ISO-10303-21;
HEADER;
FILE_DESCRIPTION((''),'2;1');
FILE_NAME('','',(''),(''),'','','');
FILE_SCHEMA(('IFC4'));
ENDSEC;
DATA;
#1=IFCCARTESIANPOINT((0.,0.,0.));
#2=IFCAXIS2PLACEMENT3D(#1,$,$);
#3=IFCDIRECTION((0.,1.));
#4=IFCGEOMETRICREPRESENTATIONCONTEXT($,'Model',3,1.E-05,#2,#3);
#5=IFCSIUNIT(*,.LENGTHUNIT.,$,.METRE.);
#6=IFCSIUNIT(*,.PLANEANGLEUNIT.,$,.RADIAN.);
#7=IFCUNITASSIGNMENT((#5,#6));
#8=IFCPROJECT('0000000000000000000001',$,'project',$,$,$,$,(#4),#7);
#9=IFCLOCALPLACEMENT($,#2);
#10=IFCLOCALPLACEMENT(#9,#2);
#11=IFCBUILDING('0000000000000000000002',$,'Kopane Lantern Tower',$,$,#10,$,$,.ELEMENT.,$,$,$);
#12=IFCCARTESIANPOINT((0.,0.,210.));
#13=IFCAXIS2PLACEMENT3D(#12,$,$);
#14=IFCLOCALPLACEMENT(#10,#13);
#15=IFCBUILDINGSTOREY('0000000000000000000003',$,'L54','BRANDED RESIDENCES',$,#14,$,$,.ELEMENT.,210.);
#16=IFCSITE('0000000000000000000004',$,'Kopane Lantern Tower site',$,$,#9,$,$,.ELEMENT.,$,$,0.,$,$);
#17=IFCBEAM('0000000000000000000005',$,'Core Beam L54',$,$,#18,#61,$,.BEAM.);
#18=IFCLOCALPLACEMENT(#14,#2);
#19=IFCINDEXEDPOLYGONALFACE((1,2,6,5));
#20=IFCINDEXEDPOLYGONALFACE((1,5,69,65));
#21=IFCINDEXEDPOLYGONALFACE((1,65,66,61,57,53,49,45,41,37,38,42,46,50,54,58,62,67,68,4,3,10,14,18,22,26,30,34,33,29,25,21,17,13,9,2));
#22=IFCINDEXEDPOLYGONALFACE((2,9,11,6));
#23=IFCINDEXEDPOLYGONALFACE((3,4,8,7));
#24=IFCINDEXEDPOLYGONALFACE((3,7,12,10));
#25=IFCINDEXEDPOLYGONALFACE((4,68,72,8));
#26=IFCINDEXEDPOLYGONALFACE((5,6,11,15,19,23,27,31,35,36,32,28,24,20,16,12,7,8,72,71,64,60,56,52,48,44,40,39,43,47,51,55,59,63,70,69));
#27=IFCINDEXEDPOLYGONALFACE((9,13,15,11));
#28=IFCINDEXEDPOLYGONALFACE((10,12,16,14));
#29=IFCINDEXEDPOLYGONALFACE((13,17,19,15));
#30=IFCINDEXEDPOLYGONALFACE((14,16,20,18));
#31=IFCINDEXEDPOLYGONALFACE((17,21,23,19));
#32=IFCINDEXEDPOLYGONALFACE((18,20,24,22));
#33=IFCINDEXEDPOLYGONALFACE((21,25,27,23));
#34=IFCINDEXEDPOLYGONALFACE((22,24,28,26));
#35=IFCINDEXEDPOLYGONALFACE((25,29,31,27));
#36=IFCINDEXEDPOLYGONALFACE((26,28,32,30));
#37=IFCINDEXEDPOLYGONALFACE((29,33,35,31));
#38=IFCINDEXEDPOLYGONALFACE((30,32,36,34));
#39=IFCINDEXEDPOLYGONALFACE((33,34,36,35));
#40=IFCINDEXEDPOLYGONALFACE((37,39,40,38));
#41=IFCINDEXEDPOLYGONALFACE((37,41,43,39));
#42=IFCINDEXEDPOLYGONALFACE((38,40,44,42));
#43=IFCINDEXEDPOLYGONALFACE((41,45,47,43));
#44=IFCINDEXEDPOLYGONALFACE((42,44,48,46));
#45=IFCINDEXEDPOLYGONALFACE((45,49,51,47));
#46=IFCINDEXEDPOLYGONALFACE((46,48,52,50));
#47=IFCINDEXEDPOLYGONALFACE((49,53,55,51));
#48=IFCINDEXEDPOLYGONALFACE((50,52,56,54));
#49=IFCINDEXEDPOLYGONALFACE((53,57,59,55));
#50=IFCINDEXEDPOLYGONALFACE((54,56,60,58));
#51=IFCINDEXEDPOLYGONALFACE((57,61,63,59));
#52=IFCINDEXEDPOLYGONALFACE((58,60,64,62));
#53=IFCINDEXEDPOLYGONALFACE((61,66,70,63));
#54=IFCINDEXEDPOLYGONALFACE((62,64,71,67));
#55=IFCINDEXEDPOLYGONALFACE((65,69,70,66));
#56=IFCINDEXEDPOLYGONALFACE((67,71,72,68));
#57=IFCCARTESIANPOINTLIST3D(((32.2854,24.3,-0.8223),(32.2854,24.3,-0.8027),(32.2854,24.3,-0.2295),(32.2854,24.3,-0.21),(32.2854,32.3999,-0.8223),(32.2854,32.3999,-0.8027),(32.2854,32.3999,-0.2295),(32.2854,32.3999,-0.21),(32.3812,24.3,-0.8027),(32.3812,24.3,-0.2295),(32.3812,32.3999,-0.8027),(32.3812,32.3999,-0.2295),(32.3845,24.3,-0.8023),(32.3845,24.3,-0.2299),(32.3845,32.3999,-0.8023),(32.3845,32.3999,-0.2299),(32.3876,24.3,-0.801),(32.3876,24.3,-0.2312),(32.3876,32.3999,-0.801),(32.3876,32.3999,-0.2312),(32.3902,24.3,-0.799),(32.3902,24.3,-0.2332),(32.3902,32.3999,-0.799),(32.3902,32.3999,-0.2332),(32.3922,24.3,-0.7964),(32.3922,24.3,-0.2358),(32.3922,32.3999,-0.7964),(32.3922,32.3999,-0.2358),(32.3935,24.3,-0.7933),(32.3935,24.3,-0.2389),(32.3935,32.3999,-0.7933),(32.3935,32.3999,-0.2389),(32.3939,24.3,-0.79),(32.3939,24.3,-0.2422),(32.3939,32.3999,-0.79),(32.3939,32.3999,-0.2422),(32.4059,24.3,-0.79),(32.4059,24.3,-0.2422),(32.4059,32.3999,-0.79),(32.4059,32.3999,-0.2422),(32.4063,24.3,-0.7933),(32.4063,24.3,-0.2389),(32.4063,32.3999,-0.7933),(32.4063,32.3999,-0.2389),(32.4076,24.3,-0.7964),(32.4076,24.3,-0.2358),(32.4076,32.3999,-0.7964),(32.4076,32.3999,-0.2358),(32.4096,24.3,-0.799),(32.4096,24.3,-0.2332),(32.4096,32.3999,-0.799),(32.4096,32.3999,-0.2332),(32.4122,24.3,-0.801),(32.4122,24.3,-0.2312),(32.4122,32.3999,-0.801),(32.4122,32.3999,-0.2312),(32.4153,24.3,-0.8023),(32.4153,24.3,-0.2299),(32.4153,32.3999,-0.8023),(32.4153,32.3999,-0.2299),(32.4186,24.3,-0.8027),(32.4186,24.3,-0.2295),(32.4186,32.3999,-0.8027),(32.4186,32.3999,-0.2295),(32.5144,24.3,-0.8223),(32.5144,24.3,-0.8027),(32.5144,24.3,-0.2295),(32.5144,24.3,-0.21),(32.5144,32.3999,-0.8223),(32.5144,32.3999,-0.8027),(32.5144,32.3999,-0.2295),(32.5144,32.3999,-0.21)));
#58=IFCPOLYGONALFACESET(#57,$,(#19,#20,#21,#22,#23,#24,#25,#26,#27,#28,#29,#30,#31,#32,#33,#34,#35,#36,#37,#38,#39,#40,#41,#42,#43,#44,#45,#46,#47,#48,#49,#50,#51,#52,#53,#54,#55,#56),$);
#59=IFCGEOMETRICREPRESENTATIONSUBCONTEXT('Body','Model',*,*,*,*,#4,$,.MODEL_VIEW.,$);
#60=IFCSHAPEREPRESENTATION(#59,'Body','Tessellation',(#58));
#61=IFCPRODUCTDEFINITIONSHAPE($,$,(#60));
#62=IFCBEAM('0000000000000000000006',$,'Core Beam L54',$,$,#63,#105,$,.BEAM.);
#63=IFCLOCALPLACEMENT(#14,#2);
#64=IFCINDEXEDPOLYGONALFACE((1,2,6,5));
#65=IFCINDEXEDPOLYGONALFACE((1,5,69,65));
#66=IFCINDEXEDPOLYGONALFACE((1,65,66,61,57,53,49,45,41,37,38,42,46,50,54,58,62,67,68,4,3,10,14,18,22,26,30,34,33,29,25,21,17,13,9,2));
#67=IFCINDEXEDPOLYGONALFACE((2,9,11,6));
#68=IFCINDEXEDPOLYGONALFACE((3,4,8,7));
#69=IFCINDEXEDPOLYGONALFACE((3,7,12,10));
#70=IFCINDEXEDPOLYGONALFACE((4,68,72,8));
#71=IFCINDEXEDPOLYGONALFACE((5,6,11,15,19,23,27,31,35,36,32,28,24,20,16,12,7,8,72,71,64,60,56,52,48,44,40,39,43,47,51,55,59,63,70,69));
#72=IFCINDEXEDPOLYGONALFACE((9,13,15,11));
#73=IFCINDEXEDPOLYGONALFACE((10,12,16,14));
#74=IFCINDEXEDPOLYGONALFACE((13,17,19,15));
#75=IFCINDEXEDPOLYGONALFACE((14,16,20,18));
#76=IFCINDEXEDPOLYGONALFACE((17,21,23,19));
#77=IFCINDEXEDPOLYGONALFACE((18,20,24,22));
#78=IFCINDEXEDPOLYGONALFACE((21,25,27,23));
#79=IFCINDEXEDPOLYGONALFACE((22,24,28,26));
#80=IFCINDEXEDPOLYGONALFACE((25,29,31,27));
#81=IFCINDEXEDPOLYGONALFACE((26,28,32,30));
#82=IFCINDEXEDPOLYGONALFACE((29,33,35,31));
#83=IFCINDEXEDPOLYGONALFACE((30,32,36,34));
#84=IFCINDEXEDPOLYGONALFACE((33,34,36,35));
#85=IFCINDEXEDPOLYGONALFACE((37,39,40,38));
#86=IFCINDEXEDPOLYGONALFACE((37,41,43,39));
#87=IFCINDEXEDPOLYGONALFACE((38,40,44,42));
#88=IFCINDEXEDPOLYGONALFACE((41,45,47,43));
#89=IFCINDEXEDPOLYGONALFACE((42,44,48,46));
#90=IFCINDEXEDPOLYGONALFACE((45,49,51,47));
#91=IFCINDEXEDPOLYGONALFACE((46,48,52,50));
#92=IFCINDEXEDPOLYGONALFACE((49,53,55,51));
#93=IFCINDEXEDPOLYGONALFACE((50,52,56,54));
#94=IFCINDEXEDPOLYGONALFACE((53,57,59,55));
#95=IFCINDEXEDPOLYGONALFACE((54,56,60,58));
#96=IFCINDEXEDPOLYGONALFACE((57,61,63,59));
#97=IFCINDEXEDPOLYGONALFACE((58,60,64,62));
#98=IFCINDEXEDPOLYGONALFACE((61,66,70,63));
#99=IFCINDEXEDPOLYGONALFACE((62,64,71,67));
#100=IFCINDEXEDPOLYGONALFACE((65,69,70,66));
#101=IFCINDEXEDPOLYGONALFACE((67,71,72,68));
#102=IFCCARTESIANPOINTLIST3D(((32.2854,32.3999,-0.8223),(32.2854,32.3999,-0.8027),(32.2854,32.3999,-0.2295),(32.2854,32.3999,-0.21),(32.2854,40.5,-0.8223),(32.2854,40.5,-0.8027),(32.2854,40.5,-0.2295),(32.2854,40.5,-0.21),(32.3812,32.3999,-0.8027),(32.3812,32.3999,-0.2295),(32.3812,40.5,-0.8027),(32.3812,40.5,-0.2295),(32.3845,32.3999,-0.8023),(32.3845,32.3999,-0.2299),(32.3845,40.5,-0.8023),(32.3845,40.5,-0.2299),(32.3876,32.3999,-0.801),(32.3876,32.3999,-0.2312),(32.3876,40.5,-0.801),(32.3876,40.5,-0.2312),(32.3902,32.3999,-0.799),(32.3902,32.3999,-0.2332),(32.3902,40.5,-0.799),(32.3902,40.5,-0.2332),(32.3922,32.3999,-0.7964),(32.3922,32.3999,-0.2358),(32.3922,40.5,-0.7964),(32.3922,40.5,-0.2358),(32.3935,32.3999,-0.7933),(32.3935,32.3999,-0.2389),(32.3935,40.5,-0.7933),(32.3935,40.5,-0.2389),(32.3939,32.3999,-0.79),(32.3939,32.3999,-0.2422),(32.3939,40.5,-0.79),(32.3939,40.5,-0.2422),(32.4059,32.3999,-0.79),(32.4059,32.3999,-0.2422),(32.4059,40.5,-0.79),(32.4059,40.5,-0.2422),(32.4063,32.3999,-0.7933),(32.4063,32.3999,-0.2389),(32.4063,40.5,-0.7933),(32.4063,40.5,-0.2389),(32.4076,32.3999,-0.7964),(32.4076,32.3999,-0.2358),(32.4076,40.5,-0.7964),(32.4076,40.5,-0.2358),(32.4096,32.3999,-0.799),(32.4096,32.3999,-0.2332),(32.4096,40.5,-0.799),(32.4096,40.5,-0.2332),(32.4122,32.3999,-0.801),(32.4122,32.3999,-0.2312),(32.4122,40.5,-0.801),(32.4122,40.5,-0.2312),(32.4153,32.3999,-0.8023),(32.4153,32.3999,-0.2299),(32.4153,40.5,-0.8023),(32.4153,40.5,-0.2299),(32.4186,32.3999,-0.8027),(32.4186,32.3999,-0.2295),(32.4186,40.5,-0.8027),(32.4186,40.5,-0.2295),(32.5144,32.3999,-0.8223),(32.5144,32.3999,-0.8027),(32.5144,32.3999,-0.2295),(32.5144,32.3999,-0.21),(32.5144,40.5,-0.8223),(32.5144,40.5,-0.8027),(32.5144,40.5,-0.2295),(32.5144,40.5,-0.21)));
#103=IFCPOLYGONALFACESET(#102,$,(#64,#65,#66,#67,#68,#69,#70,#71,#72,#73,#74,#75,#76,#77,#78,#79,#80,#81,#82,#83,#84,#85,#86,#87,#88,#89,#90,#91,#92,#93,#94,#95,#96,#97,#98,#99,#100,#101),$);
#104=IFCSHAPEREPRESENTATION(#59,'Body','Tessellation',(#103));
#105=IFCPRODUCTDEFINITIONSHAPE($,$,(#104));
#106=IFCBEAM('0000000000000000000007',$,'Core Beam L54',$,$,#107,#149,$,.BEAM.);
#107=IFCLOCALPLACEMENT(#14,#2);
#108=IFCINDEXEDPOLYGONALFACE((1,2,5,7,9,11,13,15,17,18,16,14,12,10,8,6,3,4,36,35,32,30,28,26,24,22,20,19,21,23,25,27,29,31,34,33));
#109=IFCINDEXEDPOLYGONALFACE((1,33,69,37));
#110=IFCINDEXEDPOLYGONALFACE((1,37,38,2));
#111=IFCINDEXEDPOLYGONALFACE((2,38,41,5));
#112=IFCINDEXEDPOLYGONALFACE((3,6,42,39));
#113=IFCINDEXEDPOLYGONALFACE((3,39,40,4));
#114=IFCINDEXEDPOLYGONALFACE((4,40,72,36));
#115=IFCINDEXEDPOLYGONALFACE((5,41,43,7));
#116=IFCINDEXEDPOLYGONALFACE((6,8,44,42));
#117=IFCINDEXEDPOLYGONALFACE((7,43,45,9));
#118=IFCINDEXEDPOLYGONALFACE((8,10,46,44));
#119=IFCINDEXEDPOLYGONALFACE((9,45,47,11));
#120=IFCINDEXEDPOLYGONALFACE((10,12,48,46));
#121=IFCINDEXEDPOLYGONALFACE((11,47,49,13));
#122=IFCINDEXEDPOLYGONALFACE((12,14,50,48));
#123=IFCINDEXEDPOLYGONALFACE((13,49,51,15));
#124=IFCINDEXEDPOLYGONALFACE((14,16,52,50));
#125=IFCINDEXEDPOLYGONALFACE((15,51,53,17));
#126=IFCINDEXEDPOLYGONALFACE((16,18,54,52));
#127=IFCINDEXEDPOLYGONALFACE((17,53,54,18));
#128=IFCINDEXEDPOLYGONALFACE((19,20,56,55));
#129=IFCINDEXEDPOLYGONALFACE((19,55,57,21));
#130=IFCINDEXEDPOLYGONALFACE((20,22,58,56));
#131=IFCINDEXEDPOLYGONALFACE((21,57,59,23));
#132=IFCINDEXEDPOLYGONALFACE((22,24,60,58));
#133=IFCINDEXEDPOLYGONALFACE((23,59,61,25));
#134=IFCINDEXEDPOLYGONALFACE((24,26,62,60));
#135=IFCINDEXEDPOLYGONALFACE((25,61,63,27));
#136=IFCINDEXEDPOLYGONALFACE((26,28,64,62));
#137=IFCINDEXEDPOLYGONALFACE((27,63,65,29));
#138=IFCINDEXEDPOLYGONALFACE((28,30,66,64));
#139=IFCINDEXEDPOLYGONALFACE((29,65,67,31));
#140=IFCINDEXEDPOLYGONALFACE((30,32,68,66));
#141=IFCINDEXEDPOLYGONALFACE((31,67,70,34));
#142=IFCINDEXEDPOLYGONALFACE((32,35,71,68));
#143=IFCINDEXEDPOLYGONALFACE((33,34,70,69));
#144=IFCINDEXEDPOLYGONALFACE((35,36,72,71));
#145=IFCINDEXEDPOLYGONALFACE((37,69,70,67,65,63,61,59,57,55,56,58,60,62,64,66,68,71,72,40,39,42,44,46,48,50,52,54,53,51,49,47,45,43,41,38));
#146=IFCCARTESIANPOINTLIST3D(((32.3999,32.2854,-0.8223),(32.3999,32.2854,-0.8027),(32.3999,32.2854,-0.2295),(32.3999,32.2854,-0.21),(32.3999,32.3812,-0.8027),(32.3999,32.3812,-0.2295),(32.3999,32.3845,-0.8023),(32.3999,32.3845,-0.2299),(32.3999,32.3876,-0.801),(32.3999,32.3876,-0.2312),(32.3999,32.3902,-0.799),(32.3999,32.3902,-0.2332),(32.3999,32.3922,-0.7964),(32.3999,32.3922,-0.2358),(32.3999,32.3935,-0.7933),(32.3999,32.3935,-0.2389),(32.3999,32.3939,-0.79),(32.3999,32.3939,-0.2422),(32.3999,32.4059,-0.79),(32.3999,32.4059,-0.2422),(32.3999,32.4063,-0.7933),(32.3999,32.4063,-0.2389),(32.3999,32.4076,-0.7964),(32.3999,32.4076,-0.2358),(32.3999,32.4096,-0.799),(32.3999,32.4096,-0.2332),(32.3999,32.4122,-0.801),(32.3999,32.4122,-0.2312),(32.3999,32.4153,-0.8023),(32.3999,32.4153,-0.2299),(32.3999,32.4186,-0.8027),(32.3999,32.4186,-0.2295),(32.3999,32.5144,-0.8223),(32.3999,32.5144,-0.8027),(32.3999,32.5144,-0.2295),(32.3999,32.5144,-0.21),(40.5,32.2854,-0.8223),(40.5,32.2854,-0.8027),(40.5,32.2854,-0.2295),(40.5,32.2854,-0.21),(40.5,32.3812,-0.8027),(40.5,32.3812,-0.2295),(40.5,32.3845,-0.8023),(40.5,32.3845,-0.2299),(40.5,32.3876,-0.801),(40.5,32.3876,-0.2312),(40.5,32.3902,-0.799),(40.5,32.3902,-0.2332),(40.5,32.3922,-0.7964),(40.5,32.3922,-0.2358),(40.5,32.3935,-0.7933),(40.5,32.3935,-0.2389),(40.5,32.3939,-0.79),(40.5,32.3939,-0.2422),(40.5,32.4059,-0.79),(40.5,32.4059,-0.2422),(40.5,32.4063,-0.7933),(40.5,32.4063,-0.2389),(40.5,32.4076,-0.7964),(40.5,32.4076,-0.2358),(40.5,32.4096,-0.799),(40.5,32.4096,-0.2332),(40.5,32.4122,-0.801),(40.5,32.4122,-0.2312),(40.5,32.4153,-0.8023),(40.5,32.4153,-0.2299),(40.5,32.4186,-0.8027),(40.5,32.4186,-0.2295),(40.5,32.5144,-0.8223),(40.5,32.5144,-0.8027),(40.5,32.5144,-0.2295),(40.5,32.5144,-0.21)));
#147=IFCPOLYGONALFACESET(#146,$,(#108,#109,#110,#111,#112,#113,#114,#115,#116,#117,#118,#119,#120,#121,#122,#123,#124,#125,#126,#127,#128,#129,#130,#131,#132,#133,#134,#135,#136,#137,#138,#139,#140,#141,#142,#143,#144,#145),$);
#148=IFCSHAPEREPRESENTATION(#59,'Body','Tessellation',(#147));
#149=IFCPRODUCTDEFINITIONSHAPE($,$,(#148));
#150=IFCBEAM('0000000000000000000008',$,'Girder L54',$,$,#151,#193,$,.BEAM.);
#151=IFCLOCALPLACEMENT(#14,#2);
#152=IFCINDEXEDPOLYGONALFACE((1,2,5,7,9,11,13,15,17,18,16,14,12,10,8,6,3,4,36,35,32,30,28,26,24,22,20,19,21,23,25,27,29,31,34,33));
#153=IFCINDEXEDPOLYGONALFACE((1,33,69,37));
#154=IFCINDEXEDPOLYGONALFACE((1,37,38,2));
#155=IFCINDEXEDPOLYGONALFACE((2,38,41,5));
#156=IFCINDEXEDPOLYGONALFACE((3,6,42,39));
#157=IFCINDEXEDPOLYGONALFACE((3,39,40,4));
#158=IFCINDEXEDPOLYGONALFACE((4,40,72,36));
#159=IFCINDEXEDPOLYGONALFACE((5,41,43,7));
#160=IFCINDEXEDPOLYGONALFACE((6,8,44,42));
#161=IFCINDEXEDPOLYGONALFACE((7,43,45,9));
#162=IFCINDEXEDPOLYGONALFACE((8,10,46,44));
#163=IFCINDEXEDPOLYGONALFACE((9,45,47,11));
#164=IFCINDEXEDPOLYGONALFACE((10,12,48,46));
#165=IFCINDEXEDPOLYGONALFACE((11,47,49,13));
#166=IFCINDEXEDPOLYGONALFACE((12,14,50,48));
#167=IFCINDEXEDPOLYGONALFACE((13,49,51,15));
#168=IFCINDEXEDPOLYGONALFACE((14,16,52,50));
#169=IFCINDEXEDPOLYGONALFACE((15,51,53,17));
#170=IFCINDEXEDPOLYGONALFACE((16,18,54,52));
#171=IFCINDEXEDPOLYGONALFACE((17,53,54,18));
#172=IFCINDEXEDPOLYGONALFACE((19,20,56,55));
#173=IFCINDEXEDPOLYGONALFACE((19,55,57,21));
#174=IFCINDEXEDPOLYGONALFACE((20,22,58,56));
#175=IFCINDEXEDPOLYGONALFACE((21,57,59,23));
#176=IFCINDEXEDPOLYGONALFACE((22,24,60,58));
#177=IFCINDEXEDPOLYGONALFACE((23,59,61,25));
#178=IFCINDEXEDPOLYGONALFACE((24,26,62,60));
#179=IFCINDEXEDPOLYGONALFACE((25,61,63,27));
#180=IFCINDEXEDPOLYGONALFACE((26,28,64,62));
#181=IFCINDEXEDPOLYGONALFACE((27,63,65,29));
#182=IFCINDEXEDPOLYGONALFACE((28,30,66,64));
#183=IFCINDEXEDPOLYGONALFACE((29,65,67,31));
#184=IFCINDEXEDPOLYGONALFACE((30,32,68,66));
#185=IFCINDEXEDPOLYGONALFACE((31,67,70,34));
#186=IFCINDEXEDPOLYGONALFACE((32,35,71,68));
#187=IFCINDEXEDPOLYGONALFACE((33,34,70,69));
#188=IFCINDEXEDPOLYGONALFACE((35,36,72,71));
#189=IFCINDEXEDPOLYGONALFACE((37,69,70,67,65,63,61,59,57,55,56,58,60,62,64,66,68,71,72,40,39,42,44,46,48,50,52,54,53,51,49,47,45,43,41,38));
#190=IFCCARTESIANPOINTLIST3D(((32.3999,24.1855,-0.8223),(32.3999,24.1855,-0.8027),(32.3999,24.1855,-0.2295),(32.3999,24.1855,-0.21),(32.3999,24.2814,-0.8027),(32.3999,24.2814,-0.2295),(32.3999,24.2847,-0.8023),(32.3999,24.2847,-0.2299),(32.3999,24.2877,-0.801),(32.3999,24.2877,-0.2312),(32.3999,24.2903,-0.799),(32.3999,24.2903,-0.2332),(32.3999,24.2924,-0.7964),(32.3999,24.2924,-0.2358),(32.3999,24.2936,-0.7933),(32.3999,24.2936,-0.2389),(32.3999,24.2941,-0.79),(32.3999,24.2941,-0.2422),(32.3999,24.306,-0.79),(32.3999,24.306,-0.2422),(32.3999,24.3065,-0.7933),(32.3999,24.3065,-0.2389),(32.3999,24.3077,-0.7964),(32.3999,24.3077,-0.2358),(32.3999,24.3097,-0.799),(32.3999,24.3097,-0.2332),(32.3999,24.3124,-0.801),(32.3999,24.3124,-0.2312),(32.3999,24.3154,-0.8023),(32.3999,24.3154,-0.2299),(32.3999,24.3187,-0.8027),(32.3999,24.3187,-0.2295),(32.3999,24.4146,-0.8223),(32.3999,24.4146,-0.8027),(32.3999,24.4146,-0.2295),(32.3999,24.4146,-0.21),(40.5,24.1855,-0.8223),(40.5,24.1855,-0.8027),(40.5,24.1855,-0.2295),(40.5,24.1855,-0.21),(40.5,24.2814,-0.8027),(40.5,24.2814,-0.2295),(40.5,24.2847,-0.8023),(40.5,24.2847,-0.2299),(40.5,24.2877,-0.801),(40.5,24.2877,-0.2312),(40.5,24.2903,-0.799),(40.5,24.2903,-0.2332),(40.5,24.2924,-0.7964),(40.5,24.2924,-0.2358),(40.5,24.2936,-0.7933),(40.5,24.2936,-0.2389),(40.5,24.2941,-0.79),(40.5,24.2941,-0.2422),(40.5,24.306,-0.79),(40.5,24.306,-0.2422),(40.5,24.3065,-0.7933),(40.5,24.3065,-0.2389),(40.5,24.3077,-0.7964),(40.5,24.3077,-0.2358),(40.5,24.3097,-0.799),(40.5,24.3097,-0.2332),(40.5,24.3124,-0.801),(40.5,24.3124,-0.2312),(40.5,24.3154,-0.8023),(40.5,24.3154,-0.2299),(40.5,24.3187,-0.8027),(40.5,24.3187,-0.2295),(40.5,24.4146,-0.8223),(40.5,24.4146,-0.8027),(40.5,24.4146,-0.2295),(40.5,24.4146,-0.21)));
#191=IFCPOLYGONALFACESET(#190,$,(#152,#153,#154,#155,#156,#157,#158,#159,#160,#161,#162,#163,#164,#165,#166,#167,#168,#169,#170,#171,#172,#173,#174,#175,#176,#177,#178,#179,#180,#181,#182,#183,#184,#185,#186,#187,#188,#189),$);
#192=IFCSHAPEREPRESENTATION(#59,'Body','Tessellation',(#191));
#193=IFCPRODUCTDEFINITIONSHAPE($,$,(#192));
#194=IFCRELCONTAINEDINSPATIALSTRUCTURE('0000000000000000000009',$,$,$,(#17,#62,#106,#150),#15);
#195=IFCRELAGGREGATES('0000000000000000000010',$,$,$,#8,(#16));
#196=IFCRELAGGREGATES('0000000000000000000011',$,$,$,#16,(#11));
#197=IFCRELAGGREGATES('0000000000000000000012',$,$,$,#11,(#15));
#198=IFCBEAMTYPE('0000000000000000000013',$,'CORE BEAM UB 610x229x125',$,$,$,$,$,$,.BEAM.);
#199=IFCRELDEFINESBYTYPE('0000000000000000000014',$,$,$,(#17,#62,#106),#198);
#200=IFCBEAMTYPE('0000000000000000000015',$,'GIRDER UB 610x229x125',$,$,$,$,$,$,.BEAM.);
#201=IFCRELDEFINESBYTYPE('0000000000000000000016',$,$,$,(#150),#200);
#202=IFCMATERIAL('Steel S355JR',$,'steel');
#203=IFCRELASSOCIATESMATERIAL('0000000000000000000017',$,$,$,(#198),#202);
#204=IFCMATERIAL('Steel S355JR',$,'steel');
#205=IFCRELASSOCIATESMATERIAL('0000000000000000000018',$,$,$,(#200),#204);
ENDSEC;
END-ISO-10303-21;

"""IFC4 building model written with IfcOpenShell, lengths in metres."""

from ifc_helpers import new_model, si_unit, direction, frame, origin, origin_2d, place, context, subcontext, project, spatial, i_section, extrude, material, material_profile, profile_set, type_object, element, save


model = new_model("IFC4")

# Units and contexts
model_context = context("Model", 3, precision=1e-05, world=origin(), true_north=direction((0.0, 1.0)))
body_context = subcontext(model_context, "Body", "Model", "MODEL_VIEW")
ifc_project = project(units=[si_unit("LENGTHUNIT", "METRE"), si_unit("PLANEANGLEUNIT", "RADIAN")], contexts=[model_context])

# Site, building, storey
site_placement = place(None, origin())
site = spatial("IfcSite", under=ifc_project, at=site_placement, Name="Kopane Lantern Tower site", CompositionType="ELEMENT", RefElevation=0.0)
building_placement = place(site_placement, origin())
building = spatial("IfcBuilding", under=site, at=building_placement, Name="Kopane Lantern Tower", CompositionType="ELEMENT")
storey_placement = place(building_placement, frame((0.0, 0.0, 210.0)))
storey = spatial("IfcBuildingStorey", under=building, at=storey_placement, Name="L54", Description="BRANDED RESIDENCES", CompositionType="ELEMENT", Elevation=210.0)

# Beams
ifc_material_1 = material(Name="Steel S355JR", Category="steel")
ifc_material_profile_1 = material_profile(ifc_material_1, i_section(OverallWidth=0.229, OverallDepth=0.6123, WebThickness=0.012, FlangeThickness=0.0195, FilletRadius=0.0127, at=origin_2d()), Name="UB 610x229x125")
ifc_profile_set_1 = profile_set([ifc_material_profile_1], Name="Steel S355JR")
beam_type_1 = type_object("IfcBeamType", Name="CORE BEAM UB 610x229x125", PredefinedType="BEAM", material=ifc_profile_set_1)
for number, where, z_axis, x_axis, name in (
    (1, (32.3999, 24.3, -0.5161), (0.0, 1.0, 0.0), (-1.0, 0.0, 0.0), "Core Beam L54"),
):
    element("IfcBeam", number, at=place(storey_placement, frame(where, z_axis=z_axis, x_axis=x_axis)), inside=storey, type_object=beam_type_1, Name=name, PredefinedType="BEAM", context=body_context, shape_type="SweptSolid", body=[
        extrude(i_section(OverallWidth=0.229, OverallDepth=0.6123, WebThickness=0.012, FlangeThickness=0.0195, FilletRadius=0.0127, at=origin_2d()), origin(), (0.0, 0.0, 1.0), 8.0999),
    ])
for number, where, z_axis, x_axis, name in (
    (2, (32.3999, 32.3999, -0.5161), (0.0, 1.0, 0.0), (-1.0, 0.0, 0.0), "Core Beam L54"),
    (3, (32.3999, 32.3999, -0.5161), (1.0, 0.0, 0.0), (0.0, 1.0, 0.0), "Core Beam L54"),
):
    element("IfcBeam", number, at=place(storey_placement, frame(where, z_axis=z_axis, x_axis=x_axis)), inside=storey, type_object=beam_type_1, Name=name, PredefinedType="BEAM", context=body_context, shape_type="SweptSolid", body=[
        extrude(i_section(OverallWidth=0.229, OverallDepth=0.6123, WebThickness=0.012, FlangeThickness=0.0195, FilletRadius=0.0127, at=origin_2d()), origin(), (0.0, 0.0, 1.0), 8.1001),
    ])
ifc_material_2 = material(Name="Steel S355JR", Category="steel")
ifc_material_profile_2 = material_profile(ifc_material_2, i_section(OverallWidth=0.229, OverallDepth=0.6123, WebThickness=0.012, FlangeThickness=0.0195, FilletRadius=0.0127, at=origin_2d()), Name="UB 610x229x125")
ifc_profile_set_2 = profile_set([ifc_material_profile_2], Name="Steel S355JR")
beam_type_2 = type_object("IfcBeamType", Name="GIRDER UB 610x229x125", PredefinedType="BEAM", material=ifc_profile_set_2)
for number, where, z_axis, x_axis, name in (
    (4, (32.3999, 24.3, -0.5161), (1.0, 0.0, 0.0), (0.0, 1.0, 0.0), "Girder L54"),
):
    element("IfcBeam", number, at=place(storey_placement, frame(where, z_axis=z_axis, x_axis=x_axis)), inside=storey, type_object=beam_type_2, Name=name, PredefinedType="BEAM", context=body_context, shape_type="SweptSolid", body=[
        extrude(i_section(OverallWidth=0.229, OverallDepth=0.6123, WebThickness=0.012, FlangeThickness=0.0195, FilletRadius=0.0127, at=origin_2d()), origin(), (0.0, 0.0, 1.0), 8.1001),
    ])

save(model, "model.ifc")
